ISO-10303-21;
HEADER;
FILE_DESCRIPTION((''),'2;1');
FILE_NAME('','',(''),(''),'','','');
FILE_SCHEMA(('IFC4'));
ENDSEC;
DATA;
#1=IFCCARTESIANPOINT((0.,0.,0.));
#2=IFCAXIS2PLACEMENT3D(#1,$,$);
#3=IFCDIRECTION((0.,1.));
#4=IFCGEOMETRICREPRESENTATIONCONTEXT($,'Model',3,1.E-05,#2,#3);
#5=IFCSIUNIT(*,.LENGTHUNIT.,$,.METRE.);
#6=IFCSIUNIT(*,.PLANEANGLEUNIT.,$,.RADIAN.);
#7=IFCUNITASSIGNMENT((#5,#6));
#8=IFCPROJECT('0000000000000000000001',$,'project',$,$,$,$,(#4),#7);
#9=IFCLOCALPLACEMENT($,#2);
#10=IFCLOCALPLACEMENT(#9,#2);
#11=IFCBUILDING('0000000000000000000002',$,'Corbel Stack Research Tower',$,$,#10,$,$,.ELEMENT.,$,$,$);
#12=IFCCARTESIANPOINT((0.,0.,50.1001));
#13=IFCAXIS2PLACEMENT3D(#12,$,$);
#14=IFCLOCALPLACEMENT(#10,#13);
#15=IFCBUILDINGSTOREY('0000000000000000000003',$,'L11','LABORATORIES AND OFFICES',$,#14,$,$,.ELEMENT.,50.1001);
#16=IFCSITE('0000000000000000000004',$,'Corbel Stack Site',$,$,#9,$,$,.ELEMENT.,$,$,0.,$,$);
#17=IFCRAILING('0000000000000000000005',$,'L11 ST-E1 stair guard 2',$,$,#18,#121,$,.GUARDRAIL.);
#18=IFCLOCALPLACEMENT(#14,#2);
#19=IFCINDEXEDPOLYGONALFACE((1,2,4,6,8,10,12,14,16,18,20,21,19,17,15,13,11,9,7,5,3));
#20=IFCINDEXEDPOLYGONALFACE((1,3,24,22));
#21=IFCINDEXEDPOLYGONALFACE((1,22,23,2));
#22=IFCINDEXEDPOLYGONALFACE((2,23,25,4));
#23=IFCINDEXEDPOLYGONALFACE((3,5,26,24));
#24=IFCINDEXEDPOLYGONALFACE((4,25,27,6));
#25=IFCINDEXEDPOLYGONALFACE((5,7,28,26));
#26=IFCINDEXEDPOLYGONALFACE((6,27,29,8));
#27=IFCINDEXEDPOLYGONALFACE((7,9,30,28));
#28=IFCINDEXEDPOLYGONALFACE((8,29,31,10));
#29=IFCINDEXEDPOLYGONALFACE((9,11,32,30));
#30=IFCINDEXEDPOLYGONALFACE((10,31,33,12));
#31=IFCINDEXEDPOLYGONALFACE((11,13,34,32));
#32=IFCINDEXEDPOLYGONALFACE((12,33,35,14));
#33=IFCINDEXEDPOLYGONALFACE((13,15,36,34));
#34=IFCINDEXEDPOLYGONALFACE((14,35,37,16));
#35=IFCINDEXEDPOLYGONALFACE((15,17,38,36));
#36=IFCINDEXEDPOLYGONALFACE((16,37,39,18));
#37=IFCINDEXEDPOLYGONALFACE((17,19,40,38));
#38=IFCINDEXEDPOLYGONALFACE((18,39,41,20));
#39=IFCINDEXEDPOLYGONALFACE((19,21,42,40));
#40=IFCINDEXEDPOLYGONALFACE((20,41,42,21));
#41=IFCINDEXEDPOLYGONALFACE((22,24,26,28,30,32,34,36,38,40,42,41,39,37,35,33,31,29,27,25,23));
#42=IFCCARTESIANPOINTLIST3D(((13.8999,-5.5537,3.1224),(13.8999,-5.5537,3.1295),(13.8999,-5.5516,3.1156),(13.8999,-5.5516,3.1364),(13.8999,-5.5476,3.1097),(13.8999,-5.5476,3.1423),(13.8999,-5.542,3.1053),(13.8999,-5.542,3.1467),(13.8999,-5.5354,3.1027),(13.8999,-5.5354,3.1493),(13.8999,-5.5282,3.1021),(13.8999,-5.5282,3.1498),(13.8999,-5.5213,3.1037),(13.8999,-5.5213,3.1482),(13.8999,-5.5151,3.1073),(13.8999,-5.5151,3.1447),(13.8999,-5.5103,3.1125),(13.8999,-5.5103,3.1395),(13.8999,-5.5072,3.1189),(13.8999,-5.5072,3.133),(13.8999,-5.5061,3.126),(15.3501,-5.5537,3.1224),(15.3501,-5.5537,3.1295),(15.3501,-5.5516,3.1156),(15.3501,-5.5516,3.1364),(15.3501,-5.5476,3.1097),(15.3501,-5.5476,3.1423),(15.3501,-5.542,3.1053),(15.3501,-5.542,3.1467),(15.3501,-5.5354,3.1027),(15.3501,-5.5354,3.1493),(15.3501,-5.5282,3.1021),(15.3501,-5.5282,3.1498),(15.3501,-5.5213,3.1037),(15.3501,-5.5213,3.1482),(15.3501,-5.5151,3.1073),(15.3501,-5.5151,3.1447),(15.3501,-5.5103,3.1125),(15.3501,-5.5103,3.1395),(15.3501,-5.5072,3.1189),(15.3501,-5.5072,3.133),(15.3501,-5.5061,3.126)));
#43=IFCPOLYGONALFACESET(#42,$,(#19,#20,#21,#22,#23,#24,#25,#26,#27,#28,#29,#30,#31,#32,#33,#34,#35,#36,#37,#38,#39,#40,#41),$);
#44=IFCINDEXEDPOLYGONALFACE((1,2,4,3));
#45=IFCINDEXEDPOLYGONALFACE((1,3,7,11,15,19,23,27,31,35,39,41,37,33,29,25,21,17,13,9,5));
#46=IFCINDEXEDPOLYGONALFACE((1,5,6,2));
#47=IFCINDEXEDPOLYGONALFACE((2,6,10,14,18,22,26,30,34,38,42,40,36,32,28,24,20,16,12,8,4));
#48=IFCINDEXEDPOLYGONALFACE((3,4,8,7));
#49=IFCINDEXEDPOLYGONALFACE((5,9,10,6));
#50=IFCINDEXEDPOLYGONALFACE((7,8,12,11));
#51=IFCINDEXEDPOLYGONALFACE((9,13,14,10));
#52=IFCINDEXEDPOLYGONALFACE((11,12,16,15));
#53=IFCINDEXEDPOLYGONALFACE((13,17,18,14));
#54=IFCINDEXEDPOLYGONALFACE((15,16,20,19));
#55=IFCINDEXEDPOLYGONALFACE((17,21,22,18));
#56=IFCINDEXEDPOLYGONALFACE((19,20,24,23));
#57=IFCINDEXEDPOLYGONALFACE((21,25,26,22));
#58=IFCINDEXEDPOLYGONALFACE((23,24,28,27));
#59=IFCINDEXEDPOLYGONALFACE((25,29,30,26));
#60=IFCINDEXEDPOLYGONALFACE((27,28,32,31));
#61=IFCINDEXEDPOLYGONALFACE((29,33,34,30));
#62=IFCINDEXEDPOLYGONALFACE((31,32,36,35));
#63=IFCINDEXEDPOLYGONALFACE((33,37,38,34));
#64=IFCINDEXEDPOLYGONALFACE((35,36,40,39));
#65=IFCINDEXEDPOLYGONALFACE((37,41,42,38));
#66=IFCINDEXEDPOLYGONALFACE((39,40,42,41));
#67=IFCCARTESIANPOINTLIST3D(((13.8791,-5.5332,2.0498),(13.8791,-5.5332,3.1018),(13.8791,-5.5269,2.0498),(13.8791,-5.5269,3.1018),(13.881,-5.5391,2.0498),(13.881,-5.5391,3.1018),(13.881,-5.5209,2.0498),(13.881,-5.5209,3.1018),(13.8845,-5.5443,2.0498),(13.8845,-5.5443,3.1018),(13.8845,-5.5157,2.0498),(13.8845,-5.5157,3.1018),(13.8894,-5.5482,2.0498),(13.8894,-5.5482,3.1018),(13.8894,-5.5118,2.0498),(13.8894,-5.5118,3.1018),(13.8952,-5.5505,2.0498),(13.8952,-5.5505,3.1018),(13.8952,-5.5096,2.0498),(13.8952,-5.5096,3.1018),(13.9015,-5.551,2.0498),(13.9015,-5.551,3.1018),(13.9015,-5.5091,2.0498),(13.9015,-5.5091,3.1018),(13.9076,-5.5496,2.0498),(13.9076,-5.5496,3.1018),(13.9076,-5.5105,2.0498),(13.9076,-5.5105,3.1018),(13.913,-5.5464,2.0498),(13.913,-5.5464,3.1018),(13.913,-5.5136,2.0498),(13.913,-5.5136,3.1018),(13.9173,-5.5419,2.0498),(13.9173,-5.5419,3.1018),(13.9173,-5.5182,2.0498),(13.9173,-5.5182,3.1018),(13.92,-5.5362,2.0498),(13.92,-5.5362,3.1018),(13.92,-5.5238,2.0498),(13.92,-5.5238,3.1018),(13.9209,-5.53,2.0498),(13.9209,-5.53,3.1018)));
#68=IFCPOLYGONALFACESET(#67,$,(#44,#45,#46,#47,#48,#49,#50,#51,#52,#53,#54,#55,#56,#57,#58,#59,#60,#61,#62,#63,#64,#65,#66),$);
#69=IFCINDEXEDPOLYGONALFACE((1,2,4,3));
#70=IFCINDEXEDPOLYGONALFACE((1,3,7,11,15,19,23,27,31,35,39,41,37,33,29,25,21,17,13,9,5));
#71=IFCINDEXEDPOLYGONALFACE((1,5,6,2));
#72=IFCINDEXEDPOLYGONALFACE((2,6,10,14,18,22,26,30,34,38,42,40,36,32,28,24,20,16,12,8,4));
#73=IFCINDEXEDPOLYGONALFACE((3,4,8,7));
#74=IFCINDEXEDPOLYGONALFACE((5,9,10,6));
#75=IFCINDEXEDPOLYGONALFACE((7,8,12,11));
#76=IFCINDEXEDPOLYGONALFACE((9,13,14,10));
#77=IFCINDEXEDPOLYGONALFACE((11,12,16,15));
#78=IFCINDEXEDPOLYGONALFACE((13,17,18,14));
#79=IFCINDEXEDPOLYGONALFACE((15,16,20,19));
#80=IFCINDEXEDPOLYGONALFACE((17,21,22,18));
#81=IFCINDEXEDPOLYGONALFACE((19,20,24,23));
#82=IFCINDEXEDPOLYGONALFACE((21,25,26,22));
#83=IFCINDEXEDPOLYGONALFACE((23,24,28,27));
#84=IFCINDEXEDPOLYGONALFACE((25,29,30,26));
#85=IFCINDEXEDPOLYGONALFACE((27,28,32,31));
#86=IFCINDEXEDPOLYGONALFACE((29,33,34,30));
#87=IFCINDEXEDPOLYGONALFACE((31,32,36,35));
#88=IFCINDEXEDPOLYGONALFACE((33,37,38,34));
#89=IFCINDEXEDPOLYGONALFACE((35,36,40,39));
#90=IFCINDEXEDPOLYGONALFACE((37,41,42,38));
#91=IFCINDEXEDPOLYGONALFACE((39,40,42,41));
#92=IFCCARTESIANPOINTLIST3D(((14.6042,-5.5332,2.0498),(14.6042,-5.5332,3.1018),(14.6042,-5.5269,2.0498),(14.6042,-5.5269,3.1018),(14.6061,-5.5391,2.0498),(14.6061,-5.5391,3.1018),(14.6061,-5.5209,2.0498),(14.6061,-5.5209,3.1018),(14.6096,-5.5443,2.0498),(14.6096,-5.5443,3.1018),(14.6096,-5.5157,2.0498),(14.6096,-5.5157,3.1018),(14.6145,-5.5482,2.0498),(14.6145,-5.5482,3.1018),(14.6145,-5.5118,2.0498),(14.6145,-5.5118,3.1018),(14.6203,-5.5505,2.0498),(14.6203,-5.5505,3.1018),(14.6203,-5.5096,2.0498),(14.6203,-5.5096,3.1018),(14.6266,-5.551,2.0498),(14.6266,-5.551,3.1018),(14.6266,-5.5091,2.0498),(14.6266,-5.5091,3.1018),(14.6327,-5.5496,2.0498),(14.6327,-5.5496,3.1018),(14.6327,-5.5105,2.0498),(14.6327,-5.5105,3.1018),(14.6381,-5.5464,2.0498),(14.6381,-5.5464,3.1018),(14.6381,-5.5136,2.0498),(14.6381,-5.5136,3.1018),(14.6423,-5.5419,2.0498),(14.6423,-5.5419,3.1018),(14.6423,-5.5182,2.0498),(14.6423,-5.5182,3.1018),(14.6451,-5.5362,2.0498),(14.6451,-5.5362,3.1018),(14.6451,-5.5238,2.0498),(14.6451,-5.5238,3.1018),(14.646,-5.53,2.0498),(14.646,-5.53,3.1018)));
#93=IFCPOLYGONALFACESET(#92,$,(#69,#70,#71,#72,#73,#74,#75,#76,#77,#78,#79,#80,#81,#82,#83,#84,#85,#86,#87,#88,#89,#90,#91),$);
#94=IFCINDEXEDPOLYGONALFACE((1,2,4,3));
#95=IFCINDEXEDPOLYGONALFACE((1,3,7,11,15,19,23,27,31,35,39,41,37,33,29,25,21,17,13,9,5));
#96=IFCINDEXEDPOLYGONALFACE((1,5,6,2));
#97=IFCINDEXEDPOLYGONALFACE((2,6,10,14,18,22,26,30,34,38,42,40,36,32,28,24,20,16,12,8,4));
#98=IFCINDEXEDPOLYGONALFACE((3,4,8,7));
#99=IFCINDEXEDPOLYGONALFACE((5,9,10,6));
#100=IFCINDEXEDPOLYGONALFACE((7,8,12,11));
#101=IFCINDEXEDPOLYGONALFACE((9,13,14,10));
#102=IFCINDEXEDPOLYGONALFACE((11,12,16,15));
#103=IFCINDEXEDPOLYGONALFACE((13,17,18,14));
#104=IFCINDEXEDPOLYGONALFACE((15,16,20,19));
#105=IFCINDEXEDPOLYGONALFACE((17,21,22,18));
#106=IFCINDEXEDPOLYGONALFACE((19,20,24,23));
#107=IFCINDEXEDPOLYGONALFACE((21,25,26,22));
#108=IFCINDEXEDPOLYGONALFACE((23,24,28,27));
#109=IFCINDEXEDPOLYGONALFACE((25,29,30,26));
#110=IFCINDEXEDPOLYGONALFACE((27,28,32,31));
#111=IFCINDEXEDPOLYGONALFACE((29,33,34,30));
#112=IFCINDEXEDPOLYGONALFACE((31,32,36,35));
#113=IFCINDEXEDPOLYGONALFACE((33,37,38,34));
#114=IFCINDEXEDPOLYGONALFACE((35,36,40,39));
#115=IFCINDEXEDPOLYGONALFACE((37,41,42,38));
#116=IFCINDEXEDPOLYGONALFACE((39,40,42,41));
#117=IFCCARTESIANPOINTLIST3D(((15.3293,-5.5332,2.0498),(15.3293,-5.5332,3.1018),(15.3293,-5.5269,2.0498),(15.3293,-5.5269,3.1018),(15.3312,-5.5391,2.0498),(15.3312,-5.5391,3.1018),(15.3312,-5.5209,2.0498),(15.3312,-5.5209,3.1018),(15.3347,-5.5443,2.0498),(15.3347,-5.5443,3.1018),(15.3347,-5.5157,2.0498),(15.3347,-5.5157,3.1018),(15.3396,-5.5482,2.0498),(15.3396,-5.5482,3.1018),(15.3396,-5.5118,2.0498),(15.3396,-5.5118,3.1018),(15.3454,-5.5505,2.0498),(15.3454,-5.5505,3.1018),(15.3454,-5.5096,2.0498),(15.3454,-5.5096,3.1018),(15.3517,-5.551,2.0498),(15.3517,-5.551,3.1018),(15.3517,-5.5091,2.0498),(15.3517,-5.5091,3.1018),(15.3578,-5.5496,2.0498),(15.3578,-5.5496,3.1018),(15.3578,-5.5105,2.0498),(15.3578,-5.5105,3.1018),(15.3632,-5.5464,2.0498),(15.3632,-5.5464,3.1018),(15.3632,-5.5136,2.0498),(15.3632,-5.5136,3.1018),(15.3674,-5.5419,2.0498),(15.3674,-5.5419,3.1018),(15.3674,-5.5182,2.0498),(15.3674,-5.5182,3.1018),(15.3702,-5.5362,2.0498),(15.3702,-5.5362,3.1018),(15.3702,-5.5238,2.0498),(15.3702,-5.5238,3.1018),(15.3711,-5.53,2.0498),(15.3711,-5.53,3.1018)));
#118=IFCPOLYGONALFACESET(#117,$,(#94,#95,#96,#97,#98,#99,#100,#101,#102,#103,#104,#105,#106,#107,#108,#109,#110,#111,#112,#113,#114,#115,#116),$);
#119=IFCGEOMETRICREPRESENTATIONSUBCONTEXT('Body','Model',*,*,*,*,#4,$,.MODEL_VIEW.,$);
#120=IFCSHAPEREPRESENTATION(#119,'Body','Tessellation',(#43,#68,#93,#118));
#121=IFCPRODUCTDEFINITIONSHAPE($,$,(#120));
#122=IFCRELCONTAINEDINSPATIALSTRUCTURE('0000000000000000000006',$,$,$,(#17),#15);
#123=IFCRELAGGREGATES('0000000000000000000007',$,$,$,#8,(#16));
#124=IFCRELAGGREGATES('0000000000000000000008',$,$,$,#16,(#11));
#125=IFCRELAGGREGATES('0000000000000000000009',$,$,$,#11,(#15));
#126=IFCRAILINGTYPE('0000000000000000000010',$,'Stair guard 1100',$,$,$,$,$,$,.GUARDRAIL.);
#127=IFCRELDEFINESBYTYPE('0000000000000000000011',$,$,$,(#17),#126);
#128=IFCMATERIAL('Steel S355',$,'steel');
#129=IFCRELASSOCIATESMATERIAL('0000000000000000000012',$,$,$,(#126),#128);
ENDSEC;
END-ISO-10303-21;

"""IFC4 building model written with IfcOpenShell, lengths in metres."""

from ifc_helpers import new_model, si_unit, direction, frame, origin, origin_2d, place, context, subcontext, project, spatial, circle, extrude, material, type_object, element, save


model = new_model("IFC4")

# Units and contexts
model_context = context("Model", 3, precision=1e-05, world=origin(), true_north=direction((0.0, 1.0)))
body_context = subcontext(model_context, "Body", "Model", "MODEL_VIEW")
ifc_project = project(units=[si_unit("LENGTHUNIT", "METRE"), si_unit("PLANEANGLEUNIT", "RADIAN")], contexts=[model_context])

# Site, building, storey
site_placement = place(None, origin())
site = spatial("IfcSite", under=ifc_project, at=site_placement, Name="Corbel Stack Site", CompositionType="ELEMENT", RefElevation=0.0)
building_placement = place(site_placement, origin())
building = spatial("IfcBuilding", under=site, at=building_placement, Name="Corbel Stack Research Tower", CompositionType="ELEMENT")
storey_placement = place(building_placement, frame((0.0, 0.0, 50.1001)))
storey = spatial("IfcBuildingStorey", under=building, at=storey_placement, Name="L11", Description="LABORATORIES AND OFFICES", CompositionType="ELEMENT", Elevation=50.1001)

# Railing
ifc_material_1 = material(Name="Steel S355", Category="steel")
railing_type_1 = type_object("IfcRailingType", Name="Stair guard 1100", PredefinedType="GUARDRAIL", material=ifc_material_1)
railing_1_placement = place(storey_placement, frame((13.8999, -5.53, 2.0498)))
element("IfcRailing", 1, at=railing_1_placement, inside=storey, type_object=railing_type_1, Name="L11 ST-E1 stair guard 2", PredefinedType="GUARDRAIL", context=body_context, shape_type="SweptSolid", body=[
    extrude(circle(Radius=0.0239, at=origin_2d()), frame((0.0, 0.0, 1.0762), z_axis=(1.0, 0.0, 0.0), x_axis=(0.0, 1.0, 0.0)), (0.0, 0.0, 1.0), 1.4502),
    extrude(circle(Radius=0.021, at=origin_2d()), origin(), (0.0, 0.0, 1.0), 1.052),
    extrude(circle(Radius=0.021, at=origin_2d()), frame((0.7251, 0.0, 0.0)), (0.0, 0.0, 1.0), 1.052),
    extrude(circle(Radius=0.021, at=origin_2d()), frame((1.4502, 0.0, 0.0)), (0.0, 0.0, 1.0), 1.052),
])

save(model, "model.ifc")
